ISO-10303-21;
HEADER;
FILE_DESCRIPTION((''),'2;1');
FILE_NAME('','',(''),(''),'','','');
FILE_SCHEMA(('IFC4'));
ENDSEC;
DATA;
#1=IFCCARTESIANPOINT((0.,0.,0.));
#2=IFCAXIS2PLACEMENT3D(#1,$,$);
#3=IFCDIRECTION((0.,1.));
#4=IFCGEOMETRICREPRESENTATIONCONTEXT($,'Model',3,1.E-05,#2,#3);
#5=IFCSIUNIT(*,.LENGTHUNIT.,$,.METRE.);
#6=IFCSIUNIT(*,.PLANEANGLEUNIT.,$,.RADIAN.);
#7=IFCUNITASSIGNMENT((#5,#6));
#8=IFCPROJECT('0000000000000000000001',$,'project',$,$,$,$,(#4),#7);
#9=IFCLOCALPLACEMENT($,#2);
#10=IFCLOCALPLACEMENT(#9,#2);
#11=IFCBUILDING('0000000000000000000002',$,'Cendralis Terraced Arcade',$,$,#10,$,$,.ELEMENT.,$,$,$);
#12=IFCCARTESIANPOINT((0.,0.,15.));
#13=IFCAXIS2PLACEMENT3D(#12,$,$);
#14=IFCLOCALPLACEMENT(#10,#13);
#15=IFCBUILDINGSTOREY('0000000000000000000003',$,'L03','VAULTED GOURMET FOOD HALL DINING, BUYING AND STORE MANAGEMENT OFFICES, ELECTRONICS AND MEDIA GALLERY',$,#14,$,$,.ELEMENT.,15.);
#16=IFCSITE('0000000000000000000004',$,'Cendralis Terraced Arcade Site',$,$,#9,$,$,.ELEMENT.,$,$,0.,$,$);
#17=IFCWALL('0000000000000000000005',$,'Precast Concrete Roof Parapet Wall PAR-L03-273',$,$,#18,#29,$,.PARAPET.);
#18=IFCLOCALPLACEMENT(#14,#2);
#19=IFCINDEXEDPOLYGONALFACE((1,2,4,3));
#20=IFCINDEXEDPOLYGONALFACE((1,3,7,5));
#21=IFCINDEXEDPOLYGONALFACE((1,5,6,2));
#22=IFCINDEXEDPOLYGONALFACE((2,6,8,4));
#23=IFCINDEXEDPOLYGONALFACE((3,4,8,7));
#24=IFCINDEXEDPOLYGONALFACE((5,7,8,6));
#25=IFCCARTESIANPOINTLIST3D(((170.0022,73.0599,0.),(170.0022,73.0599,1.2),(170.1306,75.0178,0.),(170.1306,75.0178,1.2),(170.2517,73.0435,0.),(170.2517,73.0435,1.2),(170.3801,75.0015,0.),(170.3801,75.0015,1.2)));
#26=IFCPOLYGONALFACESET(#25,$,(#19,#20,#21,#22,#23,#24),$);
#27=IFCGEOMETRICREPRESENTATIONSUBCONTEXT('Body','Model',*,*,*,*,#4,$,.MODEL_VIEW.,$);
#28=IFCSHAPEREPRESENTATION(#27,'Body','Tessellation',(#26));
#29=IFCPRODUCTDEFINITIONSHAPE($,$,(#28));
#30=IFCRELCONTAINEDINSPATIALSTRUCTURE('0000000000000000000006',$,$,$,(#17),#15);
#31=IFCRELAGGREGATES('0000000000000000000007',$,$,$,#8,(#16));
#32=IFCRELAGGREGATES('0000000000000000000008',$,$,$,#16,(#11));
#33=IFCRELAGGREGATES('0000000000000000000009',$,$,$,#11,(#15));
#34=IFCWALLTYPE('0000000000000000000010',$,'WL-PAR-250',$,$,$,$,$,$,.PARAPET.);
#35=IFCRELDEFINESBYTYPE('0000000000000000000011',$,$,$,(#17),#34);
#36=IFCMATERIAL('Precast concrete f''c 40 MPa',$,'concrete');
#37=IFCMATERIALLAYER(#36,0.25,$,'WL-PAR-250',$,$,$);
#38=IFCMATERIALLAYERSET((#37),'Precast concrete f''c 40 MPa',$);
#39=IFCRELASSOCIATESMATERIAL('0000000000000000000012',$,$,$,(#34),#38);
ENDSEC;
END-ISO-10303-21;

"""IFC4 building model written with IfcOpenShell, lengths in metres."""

from ifc_helpers import new_model, si_unit, direction, frame, frame_2d, origin, place, context, subcontext, project, spatial, rectangle, extrude, material, layer, layer_set, type_object, element, save


model = new_model("IFC4")

# Units and contexts
model_context = context("Model", 3, precision=1e-05, world=origin(), true_north=direction((0.0, 1.0)))
body_context = subcontext(model_context, "Body", "Model", "MODEL_VIEW")
ifc_project = project(units=[si_unit("LENGTHUNIT", "METRE"), si_unit("PLANEANGLEUNIT", "RADIAN")], contexts=[model_context])

# Site, building, storey
site_placement = place(None, origin())
site = spatial("IfcSite", under=ifc_project, at=site_placement, Name="Cendralis Terraced Arcade Site", CompositionType="ELEMENT", RefElevation=0.0)
building_placement = place(site_placement, origin())
building = spatial("IfcBuilding", under=site, at=building_placement, Name="Cendralis Terraced Arcade", CompositionType="ELEMENT")
storey_placement = place(building_placement, frame((0.0, 0.0, 15.0)))
storey = spatial("IfcBuildingStorey", under=building, at=storey_placement, Name="L03", Description="VAULTED GOURMET FOOD HALL DINING, BUYING AND STORE MANAGEMENT OFFICES, ELECTRONICS AND MEDIA GALLERY", CompositionType="ELEMENT", Elevation=15.0)

# Wall
ifc_material_1 = material(Name="Precast concrete f'c 40 MPa", Category="concrete")
ifc_layer_1 = layer(ifc_material_1, 0.25, Name="WL-PAR-250")
ifc_layer_set_1 = layer_set([ifc_layer_1], Name="Precast concrete f'c 40 MPa")
wall_type = type_object("IfcWallType", Name="WL-PAR-250", PredefinedType="PARAPET", material=ifc_layer_set_1)
wall_1_placement = place(storey_placement, frame((170.2554, 75.0095, 0.0), z_axis=(0.0, 0.0, 1.0), x_axis=(-0.065445, -0.997856, 0.0)))
element("IfcWall", 1, at=wall_1_placement, inside=storey, type_object=wall_type, Name="Precast Concrete Roof Parapet Wall PAR-L03-273", PredefinedType="PARAPET", context=body_context, shape_type="SweptSolid", body=[
    extrude(rectangle(XDim=1.9622, YDim=0.25, at=frame_2d((0.981, 0.0))), origin(), (0.0, 0.0, 1.0), 1.2),
])

save(model, "model.ifc")
